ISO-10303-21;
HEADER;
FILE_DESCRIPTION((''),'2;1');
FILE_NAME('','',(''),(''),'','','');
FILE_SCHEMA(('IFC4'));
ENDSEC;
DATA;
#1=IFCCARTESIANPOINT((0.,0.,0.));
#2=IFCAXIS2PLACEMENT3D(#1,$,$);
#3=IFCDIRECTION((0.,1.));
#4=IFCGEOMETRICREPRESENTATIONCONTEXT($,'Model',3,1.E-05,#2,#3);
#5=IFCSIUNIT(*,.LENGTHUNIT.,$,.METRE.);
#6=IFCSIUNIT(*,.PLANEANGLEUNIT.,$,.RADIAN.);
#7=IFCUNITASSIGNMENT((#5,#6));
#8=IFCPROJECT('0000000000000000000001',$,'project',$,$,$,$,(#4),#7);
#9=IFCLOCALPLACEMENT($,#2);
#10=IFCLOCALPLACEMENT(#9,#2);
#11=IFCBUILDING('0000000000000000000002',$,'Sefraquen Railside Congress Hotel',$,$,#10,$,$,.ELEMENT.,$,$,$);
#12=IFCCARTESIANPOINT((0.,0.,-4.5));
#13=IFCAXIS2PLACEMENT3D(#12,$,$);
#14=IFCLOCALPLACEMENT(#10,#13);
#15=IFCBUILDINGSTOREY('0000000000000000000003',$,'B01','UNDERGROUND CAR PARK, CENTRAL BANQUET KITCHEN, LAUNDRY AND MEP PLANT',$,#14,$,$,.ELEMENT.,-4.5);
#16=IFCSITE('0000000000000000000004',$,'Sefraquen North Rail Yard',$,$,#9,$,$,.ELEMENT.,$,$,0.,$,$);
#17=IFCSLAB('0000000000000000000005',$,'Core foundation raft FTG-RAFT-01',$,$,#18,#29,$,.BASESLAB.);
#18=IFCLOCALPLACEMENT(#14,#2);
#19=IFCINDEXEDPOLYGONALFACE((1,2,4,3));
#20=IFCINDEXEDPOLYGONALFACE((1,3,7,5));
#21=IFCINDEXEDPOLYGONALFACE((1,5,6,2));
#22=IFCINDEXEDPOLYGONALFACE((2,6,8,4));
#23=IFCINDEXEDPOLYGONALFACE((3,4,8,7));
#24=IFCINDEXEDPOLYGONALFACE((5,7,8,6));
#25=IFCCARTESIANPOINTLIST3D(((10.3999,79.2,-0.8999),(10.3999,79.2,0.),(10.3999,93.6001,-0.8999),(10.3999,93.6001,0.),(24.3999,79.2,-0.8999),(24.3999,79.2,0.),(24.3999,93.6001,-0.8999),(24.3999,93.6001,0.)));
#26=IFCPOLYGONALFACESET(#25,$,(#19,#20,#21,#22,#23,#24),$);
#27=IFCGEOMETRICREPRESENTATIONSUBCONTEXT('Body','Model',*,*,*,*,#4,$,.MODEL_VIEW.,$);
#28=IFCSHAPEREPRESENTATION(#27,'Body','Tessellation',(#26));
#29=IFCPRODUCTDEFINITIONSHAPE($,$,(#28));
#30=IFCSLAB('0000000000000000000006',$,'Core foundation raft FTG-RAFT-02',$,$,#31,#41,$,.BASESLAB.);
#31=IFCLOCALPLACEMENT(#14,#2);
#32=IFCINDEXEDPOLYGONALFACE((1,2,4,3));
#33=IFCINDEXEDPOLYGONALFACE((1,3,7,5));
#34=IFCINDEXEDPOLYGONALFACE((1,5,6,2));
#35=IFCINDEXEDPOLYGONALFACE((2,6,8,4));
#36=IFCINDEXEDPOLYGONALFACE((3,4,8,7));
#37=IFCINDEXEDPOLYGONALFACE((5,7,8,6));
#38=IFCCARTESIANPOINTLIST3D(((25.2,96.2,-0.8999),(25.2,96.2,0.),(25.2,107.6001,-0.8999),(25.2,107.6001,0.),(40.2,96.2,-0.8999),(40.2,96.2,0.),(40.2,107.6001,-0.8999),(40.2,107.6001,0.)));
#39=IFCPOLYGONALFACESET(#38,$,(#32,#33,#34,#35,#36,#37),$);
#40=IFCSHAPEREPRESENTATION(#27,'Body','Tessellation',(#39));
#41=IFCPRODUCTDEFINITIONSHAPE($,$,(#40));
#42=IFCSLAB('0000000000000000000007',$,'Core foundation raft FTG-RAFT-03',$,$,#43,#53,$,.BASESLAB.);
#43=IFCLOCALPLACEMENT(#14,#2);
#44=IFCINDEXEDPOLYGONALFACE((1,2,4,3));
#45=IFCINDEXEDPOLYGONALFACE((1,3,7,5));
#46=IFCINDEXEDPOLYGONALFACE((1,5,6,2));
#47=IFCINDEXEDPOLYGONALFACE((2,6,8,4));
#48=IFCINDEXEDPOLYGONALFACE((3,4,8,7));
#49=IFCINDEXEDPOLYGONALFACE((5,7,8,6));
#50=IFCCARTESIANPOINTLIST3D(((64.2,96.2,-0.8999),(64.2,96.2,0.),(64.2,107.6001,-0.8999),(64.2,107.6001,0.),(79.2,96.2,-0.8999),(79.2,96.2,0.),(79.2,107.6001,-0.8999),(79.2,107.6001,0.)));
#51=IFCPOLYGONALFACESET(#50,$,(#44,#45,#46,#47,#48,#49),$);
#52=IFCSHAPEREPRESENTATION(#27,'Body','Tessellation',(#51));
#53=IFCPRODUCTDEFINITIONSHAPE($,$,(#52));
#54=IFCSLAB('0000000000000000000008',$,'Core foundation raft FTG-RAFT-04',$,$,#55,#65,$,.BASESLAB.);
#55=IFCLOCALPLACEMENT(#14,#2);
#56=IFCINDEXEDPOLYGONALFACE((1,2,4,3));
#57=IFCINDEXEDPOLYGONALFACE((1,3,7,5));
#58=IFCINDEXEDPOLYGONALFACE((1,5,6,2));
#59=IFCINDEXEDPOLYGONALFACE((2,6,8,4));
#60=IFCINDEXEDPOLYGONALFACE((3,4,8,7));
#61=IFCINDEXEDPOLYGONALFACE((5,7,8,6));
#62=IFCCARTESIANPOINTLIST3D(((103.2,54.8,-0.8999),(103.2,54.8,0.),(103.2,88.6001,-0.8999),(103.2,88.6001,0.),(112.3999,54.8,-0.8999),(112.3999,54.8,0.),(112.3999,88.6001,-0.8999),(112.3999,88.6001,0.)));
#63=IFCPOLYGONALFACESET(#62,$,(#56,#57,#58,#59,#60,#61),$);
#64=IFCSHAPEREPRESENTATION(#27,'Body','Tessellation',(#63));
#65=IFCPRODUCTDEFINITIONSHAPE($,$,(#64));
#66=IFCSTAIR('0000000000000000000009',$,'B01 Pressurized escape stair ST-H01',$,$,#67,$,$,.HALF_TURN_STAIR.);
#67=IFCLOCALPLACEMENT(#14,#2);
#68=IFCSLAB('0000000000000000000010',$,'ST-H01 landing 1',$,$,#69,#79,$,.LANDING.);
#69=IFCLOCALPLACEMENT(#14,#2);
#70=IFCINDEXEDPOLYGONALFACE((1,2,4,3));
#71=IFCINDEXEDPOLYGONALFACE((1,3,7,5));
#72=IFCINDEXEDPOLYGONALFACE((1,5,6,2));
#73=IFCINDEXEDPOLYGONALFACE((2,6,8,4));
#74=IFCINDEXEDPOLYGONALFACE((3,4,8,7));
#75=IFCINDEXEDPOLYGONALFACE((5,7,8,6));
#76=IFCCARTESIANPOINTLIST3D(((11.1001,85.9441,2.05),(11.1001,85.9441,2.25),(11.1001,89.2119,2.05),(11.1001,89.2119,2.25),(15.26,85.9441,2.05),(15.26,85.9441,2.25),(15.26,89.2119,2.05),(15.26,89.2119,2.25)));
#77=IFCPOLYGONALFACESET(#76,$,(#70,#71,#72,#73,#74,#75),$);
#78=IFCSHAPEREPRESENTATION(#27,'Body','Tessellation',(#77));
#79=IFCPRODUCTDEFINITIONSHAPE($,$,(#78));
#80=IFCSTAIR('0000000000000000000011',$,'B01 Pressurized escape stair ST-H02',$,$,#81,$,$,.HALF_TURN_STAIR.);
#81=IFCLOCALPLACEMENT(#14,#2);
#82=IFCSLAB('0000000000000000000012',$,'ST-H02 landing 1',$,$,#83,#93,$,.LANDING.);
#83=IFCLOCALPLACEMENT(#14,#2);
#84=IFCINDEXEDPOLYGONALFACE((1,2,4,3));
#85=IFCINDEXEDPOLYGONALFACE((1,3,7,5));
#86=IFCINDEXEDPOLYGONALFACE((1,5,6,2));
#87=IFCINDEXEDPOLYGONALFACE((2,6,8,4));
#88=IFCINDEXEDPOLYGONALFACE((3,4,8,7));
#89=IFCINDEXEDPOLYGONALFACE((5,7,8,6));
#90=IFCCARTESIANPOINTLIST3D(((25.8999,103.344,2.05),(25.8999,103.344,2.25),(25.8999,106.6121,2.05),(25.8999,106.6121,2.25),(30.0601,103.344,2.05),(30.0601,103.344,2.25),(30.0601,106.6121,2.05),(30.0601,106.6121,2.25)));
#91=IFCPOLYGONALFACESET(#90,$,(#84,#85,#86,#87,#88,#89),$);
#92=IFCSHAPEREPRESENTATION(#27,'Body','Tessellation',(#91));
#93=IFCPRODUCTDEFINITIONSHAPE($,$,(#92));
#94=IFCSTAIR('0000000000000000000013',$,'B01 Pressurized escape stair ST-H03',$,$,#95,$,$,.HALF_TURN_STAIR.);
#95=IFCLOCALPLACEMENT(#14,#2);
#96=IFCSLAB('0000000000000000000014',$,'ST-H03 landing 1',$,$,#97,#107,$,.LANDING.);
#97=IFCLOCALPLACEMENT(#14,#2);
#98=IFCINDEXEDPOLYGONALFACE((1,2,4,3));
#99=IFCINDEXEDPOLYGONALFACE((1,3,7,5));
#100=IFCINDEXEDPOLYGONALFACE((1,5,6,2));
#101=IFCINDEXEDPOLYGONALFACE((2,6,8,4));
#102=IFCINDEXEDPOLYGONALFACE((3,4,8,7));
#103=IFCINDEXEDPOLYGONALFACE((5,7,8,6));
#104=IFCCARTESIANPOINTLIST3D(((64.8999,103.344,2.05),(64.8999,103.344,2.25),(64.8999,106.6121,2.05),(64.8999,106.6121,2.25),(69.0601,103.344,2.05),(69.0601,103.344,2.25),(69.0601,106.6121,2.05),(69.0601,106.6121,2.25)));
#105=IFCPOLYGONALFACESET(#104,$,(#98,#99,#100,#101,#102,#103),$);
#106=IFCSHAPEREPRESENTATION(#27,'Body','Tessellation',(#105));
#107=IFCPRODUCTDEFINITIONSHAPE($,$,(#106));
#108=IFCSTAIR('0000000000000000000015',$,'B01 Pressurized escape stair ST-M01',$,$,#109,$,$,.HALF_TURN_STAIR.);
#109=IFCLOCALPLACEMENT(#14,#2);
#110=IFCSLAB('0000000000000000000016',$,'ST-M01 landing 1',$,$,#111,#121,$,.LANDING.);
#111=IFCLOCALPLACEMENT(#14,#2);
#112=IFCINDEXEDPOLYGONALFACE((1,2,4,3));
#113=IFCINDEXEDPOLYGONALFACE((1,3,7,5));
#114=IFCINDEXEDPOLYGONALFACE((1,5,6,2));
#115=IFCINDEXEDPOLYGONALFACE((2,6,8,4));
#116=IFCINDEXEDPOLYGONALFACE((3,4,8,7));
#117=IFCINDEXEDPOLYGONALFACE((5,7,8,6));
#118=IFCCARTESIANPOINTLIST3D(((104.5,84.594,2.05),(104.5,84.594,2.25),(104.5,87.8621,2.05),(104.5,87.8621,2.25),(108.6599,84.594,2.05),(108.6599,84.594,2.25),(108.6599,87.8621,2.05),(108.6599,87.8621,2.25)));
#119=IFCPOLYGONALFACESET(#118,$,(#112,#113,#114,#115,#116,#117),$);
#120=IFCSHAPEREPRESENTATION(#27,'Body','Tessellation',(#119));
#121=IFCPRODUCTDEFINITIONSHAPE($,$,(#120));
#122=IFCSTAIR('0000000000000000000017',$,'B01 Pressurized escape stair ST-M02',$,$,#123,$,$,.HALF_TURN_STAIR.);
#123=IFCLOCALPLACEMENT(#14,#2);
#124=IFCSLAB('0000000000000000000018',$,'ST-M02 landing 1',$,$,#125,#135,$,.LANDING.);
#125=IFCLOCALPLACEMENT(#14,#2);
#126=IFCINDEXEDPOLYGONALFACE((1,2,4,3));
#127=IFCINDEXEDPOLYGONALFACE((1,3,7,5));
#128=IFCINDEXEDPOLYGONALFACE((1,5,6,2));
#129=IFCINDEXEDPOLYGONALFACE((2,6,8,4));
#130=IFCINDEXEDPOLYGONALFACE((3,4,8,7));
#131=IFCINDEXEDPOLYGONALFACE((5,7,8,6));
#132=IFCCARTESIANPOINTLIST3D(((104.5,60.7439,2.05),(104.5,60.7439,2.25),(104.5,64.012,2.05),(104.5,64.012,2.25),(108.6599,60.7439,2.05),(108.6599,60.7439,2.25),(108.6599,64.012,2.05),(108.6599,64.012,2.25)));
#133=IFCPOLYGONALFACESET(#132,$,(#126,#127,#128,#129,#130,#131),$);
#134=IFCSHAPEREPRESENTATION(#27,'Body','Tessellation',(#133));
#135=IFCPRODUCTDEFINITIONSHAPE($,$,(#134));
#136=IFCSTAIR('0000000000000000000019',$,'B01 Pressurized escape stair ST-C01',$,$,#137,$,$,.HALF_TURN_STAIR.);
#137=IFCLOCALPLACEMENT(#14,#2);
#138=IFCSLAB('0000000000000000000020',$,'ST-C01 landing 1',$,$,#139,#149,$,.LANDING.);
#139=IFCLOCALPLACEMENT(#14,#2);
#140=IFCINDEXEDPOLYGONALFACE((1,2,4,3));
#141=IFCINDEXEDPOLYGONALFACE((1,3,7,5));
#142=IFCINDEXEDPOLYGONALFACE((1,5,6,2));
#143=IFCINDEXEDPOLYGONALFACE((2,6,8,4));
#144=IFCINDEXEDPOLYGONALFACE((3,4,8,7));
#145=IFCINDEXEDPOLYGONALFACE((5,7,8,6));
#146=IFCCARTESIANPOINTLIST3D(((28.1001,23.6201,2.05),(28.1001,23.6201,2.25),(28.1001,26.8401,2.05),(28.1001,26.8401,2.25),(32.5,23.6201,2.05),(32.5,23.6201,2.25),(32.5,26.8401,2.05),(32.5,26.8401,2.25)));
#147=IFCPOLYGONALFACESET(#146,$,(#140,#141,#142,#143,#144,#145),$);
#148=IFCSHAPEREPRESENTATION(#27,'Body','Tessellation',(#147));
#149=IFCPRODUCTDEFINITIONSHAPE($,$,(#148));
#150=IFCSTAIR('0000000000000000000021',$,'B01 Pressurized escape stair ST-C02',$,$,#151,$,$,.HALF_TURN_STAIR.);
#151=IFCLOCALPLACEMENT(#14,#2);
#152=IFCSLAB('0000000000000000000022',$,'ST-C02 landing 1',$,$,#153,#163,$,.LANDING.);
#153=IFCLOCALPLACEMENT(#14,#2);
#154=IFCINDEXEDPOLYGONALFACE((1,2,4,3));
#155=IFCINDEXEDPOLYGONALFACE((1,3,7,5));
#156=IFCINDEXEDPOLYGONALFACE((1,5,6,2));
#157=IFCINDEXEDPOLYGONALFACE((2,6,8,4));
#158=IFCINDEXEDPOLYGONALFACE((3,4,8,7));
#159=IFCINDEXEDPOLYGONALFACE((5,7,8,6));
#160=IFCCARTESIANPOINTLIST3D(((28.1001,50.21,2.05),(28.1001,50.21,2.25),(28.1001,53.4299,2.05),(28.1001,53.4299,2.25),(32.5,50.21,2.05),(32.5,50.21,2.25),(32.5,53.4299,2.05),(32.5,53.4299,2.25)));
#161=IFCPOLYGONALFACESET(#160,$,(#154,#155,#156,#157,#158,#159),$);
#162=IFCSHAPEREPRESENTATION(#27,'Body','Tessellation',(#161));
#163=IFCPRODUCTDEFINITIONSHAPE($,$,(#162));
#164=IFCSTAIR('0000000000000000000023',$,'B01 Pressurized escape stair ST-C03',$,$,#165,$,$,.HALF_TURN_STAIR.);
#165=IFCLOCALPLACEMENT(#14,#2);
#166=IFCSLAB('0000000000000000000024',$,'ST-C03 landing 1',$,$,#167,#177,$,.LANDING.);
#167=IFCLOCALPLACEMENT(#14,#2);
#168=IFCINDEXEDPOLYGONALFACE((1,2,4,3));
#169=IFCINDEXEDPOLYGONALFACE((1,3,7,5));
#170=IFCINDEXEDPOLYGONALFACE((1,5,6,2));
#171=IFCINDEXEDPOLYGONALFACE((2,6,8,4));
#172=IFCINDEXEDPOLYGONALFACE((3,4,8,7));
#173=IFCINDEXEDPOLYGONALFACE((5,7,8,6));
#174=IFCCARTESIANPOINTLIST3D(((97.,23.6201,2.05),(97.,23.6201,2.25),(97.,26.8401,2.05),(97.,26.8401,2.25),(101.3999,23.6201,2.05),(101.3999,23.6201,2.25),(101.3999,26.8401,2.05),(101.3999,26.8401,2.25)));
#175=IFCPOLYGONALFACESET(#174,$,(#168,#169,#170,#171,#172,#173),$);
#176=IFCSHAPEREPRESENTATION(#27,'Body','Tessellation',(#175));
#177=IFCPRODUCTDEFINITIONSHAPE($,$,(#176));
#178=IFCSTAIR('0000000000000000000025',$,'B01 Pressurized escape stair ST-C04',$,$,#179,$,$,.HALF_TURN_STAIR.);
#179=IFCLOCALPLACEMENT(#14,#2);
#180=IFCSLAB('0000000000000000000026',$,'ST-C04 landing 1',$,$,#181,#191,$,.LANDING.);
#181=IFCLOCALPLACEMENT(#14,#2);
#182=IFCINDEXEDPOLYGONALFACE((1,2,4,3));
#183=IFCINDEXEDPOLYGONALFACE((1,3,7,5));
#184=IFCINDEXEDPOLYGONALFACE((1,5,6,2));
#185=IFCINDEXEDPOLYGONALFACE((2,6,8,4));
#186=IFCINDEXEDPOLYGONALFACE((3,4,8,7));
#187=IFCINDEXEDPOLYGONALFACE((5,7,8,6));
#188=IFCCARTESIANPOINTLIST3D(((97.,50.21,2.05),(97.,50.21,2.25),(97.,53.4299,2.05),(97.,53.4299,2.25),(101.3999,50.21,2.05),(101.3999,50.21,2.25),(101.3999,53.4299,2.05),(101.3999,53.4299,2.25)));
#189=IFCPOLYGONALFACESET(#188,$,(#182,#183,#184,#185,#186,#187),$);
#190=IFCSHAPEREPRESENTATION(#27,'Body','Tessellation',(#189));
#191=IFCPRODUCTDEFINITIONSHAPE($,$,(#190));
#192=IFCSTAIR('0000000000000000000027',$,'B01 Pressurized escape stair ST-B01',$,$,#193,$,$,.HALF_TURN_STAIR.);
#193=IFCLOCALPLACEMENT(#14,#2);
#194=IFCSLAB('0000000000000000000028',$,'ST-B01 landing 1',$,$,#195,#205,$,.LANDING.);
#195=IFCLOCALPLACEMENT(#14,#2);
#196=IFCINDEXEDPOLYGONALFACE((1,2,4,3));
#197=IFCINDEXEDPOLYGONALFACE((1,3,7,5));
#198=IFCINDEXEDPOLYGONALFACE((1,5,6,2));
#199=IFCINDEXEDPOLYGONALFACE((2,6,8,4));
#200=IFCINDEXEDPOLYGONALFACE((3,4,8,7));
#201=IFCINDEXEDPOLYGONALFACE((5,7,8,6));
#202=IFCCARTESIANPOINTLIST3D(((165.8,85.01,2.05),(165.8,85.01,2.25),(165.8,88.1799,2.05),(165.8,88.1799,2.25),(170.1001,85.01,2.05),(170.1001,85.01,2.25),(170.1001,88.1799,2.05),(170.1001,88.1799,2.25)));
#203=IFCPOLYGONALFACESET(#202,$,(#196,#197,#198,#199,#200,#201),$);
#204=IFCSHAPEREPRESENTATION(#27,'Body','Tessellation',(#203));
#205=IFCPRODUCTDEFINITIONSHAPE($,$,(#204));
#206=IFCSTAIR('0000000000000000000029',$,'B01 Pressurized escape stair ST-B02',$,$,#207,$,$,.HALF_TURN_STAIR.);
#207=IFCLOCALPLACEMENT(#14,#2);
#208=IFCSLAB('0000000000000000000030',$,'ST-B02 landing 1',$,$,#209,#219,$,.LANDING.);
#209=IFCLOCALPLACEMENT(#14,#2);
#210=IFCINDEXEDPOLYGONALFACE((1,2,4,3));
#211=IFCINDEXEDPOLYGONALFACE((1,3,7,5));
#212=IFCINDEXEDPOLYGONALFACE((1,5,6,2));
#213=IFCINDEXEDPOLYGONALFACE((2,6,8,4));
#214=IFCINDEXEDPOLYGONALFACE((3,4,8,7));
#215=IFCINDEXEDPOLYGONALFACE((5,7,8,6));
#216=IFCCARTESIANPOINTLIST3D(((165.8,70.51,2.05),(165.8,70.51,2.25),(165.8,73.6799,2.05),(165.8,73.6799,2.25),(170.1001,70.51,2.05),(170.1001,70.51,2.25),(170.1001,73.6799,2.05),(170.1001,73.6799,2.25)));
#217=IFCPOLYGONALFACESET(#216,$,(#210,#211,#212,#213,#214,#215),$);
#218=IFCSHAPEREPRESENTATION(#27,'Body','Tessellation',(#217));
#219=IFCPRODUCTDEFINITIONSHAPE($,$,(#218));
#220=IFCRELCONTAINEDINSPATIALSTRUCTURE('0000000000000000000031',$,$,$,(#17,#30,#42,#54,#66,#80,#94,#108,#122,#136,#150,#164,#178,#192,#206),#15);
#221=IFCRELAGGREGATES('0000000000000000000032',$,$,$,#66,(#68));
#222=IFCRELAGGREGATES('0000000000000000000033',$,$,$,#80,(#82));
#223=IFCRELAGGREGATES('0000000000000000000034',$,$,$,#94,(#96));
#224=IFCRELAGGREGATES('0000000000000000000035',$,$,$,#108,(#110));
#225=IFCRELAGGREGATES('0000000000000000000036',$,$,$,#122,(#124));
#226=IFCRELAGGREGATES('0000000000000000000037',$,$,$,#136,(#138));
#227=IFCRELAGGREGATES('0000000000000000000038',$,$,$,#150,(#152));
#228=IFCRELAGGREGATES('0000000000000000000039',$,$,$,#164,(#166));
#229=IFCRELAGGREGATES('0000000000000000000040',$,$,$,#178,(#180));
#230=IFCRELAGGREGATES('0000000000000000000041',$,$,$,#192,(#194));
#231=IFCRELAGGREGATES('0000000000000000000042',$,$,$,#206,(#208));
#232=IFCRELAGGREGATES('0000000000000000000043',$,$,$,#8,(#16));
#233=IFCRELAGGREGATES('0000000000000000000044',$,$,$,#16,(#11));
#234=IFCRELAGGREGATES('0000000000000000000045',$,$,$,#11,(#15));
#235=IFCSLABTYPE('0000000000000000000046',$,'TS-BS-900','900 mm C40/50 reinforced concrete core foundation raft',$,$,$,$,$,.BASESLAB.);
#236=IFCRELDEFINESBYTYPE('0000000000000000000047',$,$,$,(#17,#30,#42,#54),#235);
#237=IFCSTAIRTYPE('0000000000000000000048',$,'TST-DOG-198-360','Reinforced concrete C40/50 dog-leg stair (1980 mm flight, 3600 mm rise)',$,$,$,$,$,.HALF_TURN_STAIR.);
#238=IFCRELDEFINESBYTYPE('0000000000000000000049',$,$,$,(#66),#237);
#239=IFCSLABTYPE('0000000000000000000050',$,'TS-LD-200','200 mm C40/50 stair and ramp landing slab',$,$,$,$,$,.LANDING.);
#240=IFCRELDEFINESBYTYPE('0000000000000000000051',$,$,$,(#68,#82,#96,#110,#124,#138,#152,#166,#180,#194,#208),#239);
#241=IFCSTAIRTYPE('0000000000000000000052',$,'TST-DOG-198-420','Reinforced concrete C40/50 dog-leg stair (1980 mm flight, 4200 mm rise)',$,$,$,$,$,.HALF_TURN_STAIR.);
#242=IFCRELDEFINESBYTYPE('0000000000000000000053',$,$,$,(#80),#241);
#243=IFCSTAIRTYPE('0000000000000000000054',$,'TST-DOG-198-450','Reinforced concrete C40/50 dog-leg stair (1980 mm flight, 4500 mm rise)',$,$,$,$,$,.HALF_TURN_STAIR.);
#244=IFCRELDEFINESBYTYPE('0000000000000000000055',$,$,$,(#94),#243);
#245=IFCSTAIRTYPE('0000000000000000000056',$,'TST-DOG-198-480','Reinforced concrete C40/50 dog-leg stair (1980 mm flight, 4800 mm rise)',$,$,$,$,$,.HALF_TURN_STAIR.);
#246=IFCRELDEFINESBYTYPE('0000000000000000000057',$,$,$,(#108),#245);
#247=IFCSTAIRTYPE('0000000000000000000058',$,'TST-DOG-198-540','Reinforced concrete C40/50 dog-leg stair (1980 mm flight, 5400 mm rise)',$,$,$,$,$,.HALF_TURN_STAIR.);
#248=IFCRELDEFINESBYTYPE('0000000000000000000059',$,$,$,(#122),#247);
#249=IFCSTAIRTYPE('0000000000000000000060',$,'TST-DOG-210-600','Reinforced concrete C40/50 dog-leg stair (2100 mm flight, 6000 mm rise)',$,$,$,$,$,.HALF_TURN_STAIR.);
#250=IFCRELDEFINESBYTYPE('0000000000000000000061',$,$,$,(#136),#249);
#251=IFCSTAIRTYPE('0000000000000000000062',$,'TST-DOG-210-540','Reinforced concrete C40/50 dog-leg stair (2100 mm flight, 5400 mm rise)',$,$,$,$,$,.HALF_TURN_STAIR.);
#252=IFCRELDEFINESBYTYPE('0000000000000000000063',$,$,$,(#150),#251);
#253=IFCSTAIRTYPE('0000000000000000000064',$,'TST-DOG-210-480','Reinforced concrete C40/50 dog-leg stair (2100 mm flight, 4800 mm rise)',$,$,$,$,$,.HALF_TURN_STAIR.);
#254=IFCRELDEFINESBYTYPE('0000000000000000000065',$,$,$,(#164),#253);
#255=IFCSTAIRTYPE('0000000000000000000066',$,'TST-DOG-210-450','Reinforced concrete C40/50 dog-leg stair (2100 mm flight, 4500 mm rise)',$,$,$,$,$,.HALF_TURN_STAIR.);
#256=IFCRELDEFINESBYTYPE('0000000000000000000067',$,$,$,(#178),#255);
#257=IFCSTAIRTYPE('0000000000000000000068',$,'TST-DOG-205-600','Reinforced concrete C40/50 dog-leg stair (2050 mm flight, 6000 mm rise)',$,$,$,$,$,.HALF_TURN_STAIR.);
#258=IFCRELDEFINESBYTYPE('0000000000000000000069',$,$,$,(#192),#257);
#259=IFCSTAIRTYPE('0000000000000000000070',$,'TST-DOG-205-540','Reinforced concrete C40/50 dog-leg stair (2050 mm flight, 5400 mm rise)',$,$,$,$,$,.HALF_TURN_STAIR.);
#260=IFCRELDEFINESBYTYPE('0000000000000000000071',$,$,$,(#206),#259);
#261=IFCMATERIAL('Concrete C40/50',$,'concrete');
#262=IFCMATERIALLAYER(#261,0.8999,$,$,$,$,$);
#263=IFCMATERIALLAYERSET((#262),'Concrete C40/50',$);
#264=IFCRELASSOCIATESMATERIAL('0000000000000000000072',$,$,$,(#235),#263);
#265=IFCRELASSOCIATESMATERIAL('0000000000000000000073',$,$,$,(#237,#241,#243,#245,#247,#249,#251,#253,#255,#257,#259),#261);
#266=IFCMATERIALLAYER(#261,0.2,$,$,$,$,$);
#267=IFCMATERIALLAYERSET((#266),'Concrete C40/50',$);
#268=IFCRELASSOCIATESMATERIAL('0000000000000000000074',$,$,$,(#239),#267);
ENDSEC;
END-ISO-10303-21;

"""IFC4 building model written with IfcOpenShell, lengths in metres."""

from ifc_helpers import new_model, si_unit, direction, frame, origin, place, context, subcontext, project, spatial, polyline, outline, extrude, material, layer, layer_set, type_object, element, aggregate, save


model = new_model("IFC4")

# Units and contexts
model_context = context("Model", 3, precision=1e-05, world=origin(), true_north=direction((0.0, 1.0)))
body_context = subcontext(model_context, "Body", "Model", "MODEL_VIEW")
ifc_project = project(units=[si_unit("LENGTHUNIT", "METRE"), si_unit("PLANEANGLEUNIT", "RADIAN")], contexts=[model_context])

# Site, building, storey
site_placement = place(None, origin())
site = spatial("IfcSite", under=ifc_project, at=site_placement, Name="Sefraquen North Rail Yard", CompositionType="ELEMENT", RefElevation=0.0)
building_placement = place(site_placement, origin())
building = spatial("IfcBuilding", under=site, at=building_placement, Name="Sefraquen Railside Congress Hotel", CompositionType="ELEMENT")
storey_placement = place(building_placement, frame((0.0, 0.0, -4.5)))
storey = spatial("IfcBuildingStorey", under=building, at=storey_placement, Name="B01", Description="UNDERGROUND CAR PARK, CENTRAL BANQUET KITCHEN, LAUNDRY AND MEP PLANT", CompositionType="ELEMENT", Elevation=-4.5)

# Slabs
ifc_material_1 = material(Name="Concrete C40/50", Category="concrete")
ifc_layer_1 = layer(ifc_material_1, 0.8999)
ifc_layer_set_1 = layer_set([ifc_layer_1], Name="Concrete C40/50")
slab_type_1 = type_object("IfcSlabType", Name="TS-BS-900", Description="900 mm C40/50 reinforced concrete core foundation raft", PredefinedType="BASESLAB", material=ifc_layer_set_1)
slab_1_placement = place(storey_placement, frame((0.0, 0.0, -0.8999)))
element("IfcSlab", 1, at=slab_1_placement, inside=storey, type_object=slab_type_1, Name="Core foundation raft FTG-RAFT-01", PredefinedType="BASESLAB", context=body_context, shape_type="SweptSolid", body=[
    extrude(outline(polyline([(10.3999, 79.2), (24.3999, 79.2), (24.3999, 93.6001), (10.3999, 93.6001), (10.3999, 79.2)])), origin(), (0.0, 0.0, 1.0), 0.8999),
])
slab_2_placement = place(storey_placement, frame((0.0, 0.0, -0.8999)))
element("IfcSlab", 2, at=slab_2_placement, inside=storey, type_object=slab_type_1, Name="Core foundation raft FTG-RAFT-02", PredefinedType="BASESLAB", context=body_context, shape_type="SweptSolid", body=[
    extrude(outline(polyline([(25.2, 96.2), (40.2, 96.2), (40.2, 107.6001), (25.2, 107.6001), (25.2, 96.2)])), origin(), (0.0, 0.0, 1.0), 0.8999),
])
slab_3_placement = place(storey_placement, frame((0.0, 0.0, -0.8999)))
element("IfcSlab", 3, at=slab_3_placement, inside=storey, type_object=slab_type_1, Name="Core foundation raft FTG-RAFT-03", PredefinedType="BASESLAB", context=body_context, shape_type="SweptSolid", body=[
    extrude(outline(polyline([(64.2, 96.2), (79.2, 96.2), (79.2, 107.6001), (64.2, 107.6001), (64.2, 96.2)])), origin(), (0.0, 0.0, 1.0), 0.8999),
])
slab_4_placement = place(storey_placement, frame((0.0, 0.0, -0.8999)))
element("IfcSlab", 4, at=slab_4_placement, inside=storey, type_object=slab_type_1, Name="Core foundation raft FTG-RAFT-04", PredefinedType="BASESLAB", context=body_context, shape_type="SweptSolid", body=[
    extrude(outline(polyline([(103.2, 54.8), (112.3999, 54.8), (112.3999, 88.6001), (103.2, 88.6001), (103.2, 54.8)])), origin(), (0.0, 0.0, 1.0), 0.8999),
])

# Stairs, slabs
stair_type_1 = type_object("IfcStairType", Name="TST-DOG-198-360", Description="Reinforced concrete C40/50 dog-leg stair (1980 mm flight, 3600 mm rise)", PredefinedType="HALF_TURN_STAIR", material=ifc_material_1)
stair_1_placement = place(storey_placement, origin())
stair_1 = element("IfcStair", 5, at=stair_1_placement, inside=storey, type_object=stair_type_1, Name="B01 Pressurized escape stair ST-H01", PredefinedType="HALF_TURN_STAIR")
ifc_layer_2 = layer(ifc_material_1, 0.2)
ifc_layer_set_2 = layer_set([ifc_layer_2], Name="Concrete C40/50")
slab_type_2 = type_object("IfcSlabType", Name="TS-LD-200", Description="200 mm C40/50 stair and ramp landing slab", PredefinedType="LANDING", material=ifc_layer_set_2)
slab_5_placement = place(storey_placement, frame((0.0, 0.0, 2.05)))
slab_5 = element("IfcSlab", 6, at=slab_5_placement, type_object=slab_type_2, Name="ST-H01 landing 1", PredefinedType="LANDING", context=body_context, shape_type="SweptSolid", body=[
    extrude(outline(polyline([(15.26, 85.9441), (15.26, 89.2119), (11.1001, 89.2119), (11.1001, 85.9441), (15.26, 85.9441)])), origin(), (0.0, 0.0, 1.0), 0.2),
])
aggregate(stair_1, [slab_5])
stair_type_2 = type_object("IfcStairType", Name="TST-DOG-198-420", Description="Reinforced concrete C40/50 dog-leg stair (1980 mm flight, 4200 mm rise)", PredefinedType="HALF_TURN_STAIR", material=ifc_material_1)
stair_2_placement = place(storey_placement, origin())
stair_2 = element("IfcStair", 7, at=stair_2_placement, inside=storey, type_object=stair_type_2, Name="B01 Pressurized escape stair ST-H02", PredefinedType="HALF_TURN_STAIR")
slab_6_placement = place(storey_placement, frame((0.0, 0.0, 2.05)))
slab_6 = element("IfcSlab", 8, at=slab_6_placement, type_object=slab_type_2, Name="ST-H02 landing 1", PredefinedType="LANDING", context=body_context, shape_type="SweptSolid", body=[
    extrude(outline(polyline([(30.0601, 103.344), (30.0601, 106.6121), (25.8999, 106.6121), (25.8999, 103.344), (30.0601, 103.344)])), origin(), (0.0, 0.0, 1.0), 0.2),
])
aggregate(stair_2, [slab_6])
stair_type_3 = type_object("IfcStairType", Name="TST-DOG-198-450", Description="Reinforced concrete C40/50 dog-leg stair (1980 mm flight, 4500 mm rise)", PredefinedType="HALF_TURN_STAIR", material=ifc_material_1)
stair_3_placement = place(storey_placement, origin())
stair_3 = element("IfcStair", 9, at=stair_3_placement, inside=storey, type_object=stair_type_3, Name="B01 Pressurized escape stair ST-H03", PredefinedType="HALF_TURN_STAIR")
slab_7_placement = place(storey_placement, frame((0.0, 0.0, 2.05)))
slab_7 = element("IfcSlab", 10, at=slab_7_placement, type_object=slab_type_2, Name="ST-H03 landing 1", PredefinedType="LANDING", context=body_context, shape_type="SweptSolid", body=[
    extrude(outline(polyline([(69.0601, 103.344), (69.0601, 106.6121), (64.8999, 106.6121), (64.8999, 103.344), (69.0601, 103.344)])), origin(), (0.0, 0.0, 1.0), 0.2),
])
aggregate(stair_3, [slab_7])
stair_type_4 = type_object("IfcStairType", Name="TST-DOG-198-480", Description="Reinforced concrete C40/50 dog-leg stair (1980 mm flight, 4800 mm rise)", PredefinedType="HALF_TURN_STAIR", material=ifc_material_1)
stair_4_placement = place(storey_placement, origin())
stair_4 = element("IfcStair", 11, at=stair_4_placement, inside=storey, type_object=stair_type_4, Name="B01 Pressurized escape stair ST-M01", PredefinedType="HALF_TURN_STAIR")
slab_8_placement = place(storey_placement, frame((0.0, 0.0, 2.05)))
slab_8 = element("IfcSlab", 12, at=slab_8_placement, type_object=slab_type_2, Name="ST-M01 landing 1", PredefinedType="LANDING", context=body_context, shape_type="SweptSolid", body=[
    extrude(outline(polyline([(108.6599, 84.594), (108.6599, 87.8621), (104.5, 87.8621), (104.5, 84.594), (108.6599, 84.594)])), origin(), (0.0, 0.0, 1.0), 0.2),
])
aggregate(stair_4, [slab_8])
stair_type_5 = type_object("IfcStairType", Name="TST-DOG-198-540", Description="Reinforced concrete C40/50 dog-leg stair (1980 mm flight, 5400 mm rise)", PredefinedType="HALF_TURN_STAIR", material=ifc_material_1)
stair_5_placement = place(storey_placement, origin())
stair_5 = element("IfcStair", 13, at=stair_5_placement, inside=storey, type_object=stair_type_5, Name="B01 Pressurized escape stair ST-M02", PredefinedType="HALF_TURN_STAIR")
slab_9_placement = place(storey_placement, frame((0.0, 0.0, 2.05)))
slab_9 = element("IfcSlab", 14, at=slab_9_placement, type_object=slab_type_2, Name="ST-M02 landing 1", PredefinedType="LANDING", context=body_context, shape_type="SweptSolid", body=[
    extrude(outline(polyline([(108.6599, 60.7439), (108.6599, 64.012), (104.5, 64.012), (104.5, 60.7439), (108.6599, 60.7439)])), origin(), (0.0, 0.0, 1.0), 0.2),
])
aggregate(stair_5, [slab_9])
stair_type_6 = type_object("IfcStairType", Name="TST-DOG-210-600", Description="Reinforced concrete C40/50 dog-leg stair (2100 mm flight, 6000 mm rise)", PredefinedType="HALF_TURN_STAIR", material=ifc_material_1)
stair_6_placement = place(storey_placement, origin())
stair_6 = element("IfcStair", 15, at=stair_6_placement, inside=storey, type_object=stair_type_6, Name="B01 Pressurized escape stair ST-C01", PredefinedType="HALF_TURN_STAIR")
slab_10_placement = place(storey_placement, frame((0.0, 0.0, 2.05)))
slab_10 = element("IfcSlab", 16, at=slab_10_placement, type_object=slab_type_2, Name="ST-C01 landing 1", PredefinedType="LANDING", context=body_context, shape_type="SweptSolid", body=[
    extrude(outline(polyline([(32.5, 23.6201), (32.5, 26.8401), (28.1001, 26.8401), (28.1001, 23.6201), (32.5, 23.6201)])), origin(), (0.0, 0.0, 1.0), 0.2),
])
aggregate(stair_6, [slab_10])
stair_type_7 = type_object("IfcStairType", Name="TST-DOG-210-540", Description="Reinforced concrete C40/50 dog-leg stair (2100 mm flight, 5400 mm rise)", PredefinedType="HALF_TURN_STAIR", material=ifc_material_1)
stair_7_placement = place(storey_placement, origin())
stair_7 = element("IfcStair", 17, at=stair_7_placement, inside=storey, type_object=stair_type_7, Name="B01 Pressurized escape stair ST-C02", PredefinedType="HALF_TURN_STAIR")
slab_11_placement = place(storey_placement, frame((0.0, 0.0, 2.05)))
slab_11 = element("IfcSlab", 18, at=slab_11_placement, type_object=slab_type_2, Name="ST-C02 landing 1", PredefinedType="LANDING", context=body_context, shape_type="SweptSolid", body=[
    extrude(outline(polyline([(32.5, 50.21), (32.5, 53.4299), (28.1001, 53.4299), (28.1001, 50.21), (32.5, 50.21)])), origin(), (0.0, 0.0, 1.0), 0.2),
])
aggregate(stair_7, [slab_11])
stair_type_8 = type_object("IfcStairType", Name="TST-DOG-210-480", Description="Reinforced concrete C40/50 dog-leg stair (2100 mm flight, 4800 mm rise)", PredefinedType="HALF_TURN_STAIR", material=ifc_material_1)
stair_8_placement = place(storey_placement, origin())
stair_8 = element("IfcStair", 19, at=stair_8_placement, inside=storey, type_object=stair_type_8, Name="B01 Pressurized escape stair ST-C03", PredefinedType="HALF_TURN_STAIR")
slab_12_placement = place(storey_placement, frame((0.0, 0.0, 2.05)))
slab_12 = element("IfcSlab", 20, at=slab_12_placement, type_object=slab_type_2, Name="ST-C03 landing 1", PredefinedType="LANDING", context=body_context, shape_type="SweptSolid", body=[
    extrude(outline(polyline([(101.3999, 23.6201), (101.3999, 26.8401), (97.0, 26.8401), (97.0, 23.6201), (101.3999, 23.6201)])), origin(), (0.0, 0.0, 1.0), 0.2),
])
aggregate(stair_8, [slab_12])
stair_type_9 = type_object("IfcStairType", Name="TST-DOG-210-450", Description="Reinforced concrete C40/50 dog-leg stair (2100 mm flight, 4500 mm rise)", PredefinedType="HALF_TURN_STAIR", material=ifc_material_1)
stair_9_placement = place(storey_placement, origin())
stair_9 = element("IfcStair", 21, at=stair_9_placement, inside=storey, type_object=stair_type_9, Name="B01 Pressurized escape stair ST-C04", PredefinedType="HALF_TURN_STAIR")
slab_13_placement = place(storey_placement, frame((0.0, 0.0, 2.05)))
slab_13 = element("IfcSlab", 22, at=slab_13_placement, type_object=slab_type_2, Name="ST-C04 landing 1", PredefinedType="LANDING", context=body_context, shape_type="SweptSolid", body=[
    extrude(outline(polyline([(101.3999, 50.21), (101.3999, 53.4299), (97.0, 53.4299), (97.0, 50.21), (101.3999, 50.21)])), origin(), (0.0, 0.0, 1.0), 0.2),
])
aggregate(stair_9, [slab_13])
stair_type_10 = type_object("IfcStairType", Name="TST-DOG-205-600", Description="Reinforced concrete C40/50 dog-leg stair (2050 mm flight, 6000 mm rise)", PredefinedType="HALF_TURN_STAIR", material=ifc_material_1)
stair_10_placement = place(storey_placement, origin())
stair_10 = element("IfcStair", 23, at=stair_10_placement, inside=storey, type_object=stair_type_10, Name="B01 Pressurized escape stair ST-B01", PredefinedType="HALF_TURN_STAIR")
slab_14_placement = place(storey_placement, frame((0.0, 0.0, 2.05)))
slab_14 = element("IfcSlab", 24, at=slab_14_placement, type_object=slab_type_2, Name="ST-B01 landing 1", PredefinedType="LANDING", context=body_context, shape_type="SweptSolid", body=[
    extrude(outline(polyline([(170.1001, 85.01), (170.1001, 88.1799), (165.8, 88.1799), (165.8, 85.01), (170.1001, 85.01)])), origin(), (0.0, 0.0, 1.0), 0.2),
])
aggregate(stair_10, [slab_14])
stair_type_11 = type_object("IfcStairType", Name="TST-DOG-205-540", Description="Reinforced concrete C40/50 dog-leg stair (2050 mm flight, 5400 mm rise)", PredefinedType="HALF_TURN_STAIR", material=ifc_material_1)
stair_11_placement = place(storey_placement, origin())
stair_11 = element("IfcStair", 25, at=stair_11_placement, inside=storey, type_object=stair_type_11, Name="B01 Pressurized escape stair ST-B02", PredefinedType="HALF_TURN_STAIR")
slab_15_placement = place(storey_placement, frame((0.0, 0.0, 2.05)))
slab_15 = element("IfcSlab", 26, at=slab_15_placement, type_object=slab_type_2, Name="ST-B02 landing 1", PredefinedType="LANDING", context=body_context, shape_type="SweptSolid", body=[
    extrude(outline(polyline([(170.1001, 70.51), (170.1001, 73.6799), (165.8, 73.6799), (165.8, 70.51), (170.1001, 70.51)])), origin(), (0.0, 0.0, 1.0), 0.2),
])
aggregate(stair_11, [slab_15])

save(model, "model.ifc")
